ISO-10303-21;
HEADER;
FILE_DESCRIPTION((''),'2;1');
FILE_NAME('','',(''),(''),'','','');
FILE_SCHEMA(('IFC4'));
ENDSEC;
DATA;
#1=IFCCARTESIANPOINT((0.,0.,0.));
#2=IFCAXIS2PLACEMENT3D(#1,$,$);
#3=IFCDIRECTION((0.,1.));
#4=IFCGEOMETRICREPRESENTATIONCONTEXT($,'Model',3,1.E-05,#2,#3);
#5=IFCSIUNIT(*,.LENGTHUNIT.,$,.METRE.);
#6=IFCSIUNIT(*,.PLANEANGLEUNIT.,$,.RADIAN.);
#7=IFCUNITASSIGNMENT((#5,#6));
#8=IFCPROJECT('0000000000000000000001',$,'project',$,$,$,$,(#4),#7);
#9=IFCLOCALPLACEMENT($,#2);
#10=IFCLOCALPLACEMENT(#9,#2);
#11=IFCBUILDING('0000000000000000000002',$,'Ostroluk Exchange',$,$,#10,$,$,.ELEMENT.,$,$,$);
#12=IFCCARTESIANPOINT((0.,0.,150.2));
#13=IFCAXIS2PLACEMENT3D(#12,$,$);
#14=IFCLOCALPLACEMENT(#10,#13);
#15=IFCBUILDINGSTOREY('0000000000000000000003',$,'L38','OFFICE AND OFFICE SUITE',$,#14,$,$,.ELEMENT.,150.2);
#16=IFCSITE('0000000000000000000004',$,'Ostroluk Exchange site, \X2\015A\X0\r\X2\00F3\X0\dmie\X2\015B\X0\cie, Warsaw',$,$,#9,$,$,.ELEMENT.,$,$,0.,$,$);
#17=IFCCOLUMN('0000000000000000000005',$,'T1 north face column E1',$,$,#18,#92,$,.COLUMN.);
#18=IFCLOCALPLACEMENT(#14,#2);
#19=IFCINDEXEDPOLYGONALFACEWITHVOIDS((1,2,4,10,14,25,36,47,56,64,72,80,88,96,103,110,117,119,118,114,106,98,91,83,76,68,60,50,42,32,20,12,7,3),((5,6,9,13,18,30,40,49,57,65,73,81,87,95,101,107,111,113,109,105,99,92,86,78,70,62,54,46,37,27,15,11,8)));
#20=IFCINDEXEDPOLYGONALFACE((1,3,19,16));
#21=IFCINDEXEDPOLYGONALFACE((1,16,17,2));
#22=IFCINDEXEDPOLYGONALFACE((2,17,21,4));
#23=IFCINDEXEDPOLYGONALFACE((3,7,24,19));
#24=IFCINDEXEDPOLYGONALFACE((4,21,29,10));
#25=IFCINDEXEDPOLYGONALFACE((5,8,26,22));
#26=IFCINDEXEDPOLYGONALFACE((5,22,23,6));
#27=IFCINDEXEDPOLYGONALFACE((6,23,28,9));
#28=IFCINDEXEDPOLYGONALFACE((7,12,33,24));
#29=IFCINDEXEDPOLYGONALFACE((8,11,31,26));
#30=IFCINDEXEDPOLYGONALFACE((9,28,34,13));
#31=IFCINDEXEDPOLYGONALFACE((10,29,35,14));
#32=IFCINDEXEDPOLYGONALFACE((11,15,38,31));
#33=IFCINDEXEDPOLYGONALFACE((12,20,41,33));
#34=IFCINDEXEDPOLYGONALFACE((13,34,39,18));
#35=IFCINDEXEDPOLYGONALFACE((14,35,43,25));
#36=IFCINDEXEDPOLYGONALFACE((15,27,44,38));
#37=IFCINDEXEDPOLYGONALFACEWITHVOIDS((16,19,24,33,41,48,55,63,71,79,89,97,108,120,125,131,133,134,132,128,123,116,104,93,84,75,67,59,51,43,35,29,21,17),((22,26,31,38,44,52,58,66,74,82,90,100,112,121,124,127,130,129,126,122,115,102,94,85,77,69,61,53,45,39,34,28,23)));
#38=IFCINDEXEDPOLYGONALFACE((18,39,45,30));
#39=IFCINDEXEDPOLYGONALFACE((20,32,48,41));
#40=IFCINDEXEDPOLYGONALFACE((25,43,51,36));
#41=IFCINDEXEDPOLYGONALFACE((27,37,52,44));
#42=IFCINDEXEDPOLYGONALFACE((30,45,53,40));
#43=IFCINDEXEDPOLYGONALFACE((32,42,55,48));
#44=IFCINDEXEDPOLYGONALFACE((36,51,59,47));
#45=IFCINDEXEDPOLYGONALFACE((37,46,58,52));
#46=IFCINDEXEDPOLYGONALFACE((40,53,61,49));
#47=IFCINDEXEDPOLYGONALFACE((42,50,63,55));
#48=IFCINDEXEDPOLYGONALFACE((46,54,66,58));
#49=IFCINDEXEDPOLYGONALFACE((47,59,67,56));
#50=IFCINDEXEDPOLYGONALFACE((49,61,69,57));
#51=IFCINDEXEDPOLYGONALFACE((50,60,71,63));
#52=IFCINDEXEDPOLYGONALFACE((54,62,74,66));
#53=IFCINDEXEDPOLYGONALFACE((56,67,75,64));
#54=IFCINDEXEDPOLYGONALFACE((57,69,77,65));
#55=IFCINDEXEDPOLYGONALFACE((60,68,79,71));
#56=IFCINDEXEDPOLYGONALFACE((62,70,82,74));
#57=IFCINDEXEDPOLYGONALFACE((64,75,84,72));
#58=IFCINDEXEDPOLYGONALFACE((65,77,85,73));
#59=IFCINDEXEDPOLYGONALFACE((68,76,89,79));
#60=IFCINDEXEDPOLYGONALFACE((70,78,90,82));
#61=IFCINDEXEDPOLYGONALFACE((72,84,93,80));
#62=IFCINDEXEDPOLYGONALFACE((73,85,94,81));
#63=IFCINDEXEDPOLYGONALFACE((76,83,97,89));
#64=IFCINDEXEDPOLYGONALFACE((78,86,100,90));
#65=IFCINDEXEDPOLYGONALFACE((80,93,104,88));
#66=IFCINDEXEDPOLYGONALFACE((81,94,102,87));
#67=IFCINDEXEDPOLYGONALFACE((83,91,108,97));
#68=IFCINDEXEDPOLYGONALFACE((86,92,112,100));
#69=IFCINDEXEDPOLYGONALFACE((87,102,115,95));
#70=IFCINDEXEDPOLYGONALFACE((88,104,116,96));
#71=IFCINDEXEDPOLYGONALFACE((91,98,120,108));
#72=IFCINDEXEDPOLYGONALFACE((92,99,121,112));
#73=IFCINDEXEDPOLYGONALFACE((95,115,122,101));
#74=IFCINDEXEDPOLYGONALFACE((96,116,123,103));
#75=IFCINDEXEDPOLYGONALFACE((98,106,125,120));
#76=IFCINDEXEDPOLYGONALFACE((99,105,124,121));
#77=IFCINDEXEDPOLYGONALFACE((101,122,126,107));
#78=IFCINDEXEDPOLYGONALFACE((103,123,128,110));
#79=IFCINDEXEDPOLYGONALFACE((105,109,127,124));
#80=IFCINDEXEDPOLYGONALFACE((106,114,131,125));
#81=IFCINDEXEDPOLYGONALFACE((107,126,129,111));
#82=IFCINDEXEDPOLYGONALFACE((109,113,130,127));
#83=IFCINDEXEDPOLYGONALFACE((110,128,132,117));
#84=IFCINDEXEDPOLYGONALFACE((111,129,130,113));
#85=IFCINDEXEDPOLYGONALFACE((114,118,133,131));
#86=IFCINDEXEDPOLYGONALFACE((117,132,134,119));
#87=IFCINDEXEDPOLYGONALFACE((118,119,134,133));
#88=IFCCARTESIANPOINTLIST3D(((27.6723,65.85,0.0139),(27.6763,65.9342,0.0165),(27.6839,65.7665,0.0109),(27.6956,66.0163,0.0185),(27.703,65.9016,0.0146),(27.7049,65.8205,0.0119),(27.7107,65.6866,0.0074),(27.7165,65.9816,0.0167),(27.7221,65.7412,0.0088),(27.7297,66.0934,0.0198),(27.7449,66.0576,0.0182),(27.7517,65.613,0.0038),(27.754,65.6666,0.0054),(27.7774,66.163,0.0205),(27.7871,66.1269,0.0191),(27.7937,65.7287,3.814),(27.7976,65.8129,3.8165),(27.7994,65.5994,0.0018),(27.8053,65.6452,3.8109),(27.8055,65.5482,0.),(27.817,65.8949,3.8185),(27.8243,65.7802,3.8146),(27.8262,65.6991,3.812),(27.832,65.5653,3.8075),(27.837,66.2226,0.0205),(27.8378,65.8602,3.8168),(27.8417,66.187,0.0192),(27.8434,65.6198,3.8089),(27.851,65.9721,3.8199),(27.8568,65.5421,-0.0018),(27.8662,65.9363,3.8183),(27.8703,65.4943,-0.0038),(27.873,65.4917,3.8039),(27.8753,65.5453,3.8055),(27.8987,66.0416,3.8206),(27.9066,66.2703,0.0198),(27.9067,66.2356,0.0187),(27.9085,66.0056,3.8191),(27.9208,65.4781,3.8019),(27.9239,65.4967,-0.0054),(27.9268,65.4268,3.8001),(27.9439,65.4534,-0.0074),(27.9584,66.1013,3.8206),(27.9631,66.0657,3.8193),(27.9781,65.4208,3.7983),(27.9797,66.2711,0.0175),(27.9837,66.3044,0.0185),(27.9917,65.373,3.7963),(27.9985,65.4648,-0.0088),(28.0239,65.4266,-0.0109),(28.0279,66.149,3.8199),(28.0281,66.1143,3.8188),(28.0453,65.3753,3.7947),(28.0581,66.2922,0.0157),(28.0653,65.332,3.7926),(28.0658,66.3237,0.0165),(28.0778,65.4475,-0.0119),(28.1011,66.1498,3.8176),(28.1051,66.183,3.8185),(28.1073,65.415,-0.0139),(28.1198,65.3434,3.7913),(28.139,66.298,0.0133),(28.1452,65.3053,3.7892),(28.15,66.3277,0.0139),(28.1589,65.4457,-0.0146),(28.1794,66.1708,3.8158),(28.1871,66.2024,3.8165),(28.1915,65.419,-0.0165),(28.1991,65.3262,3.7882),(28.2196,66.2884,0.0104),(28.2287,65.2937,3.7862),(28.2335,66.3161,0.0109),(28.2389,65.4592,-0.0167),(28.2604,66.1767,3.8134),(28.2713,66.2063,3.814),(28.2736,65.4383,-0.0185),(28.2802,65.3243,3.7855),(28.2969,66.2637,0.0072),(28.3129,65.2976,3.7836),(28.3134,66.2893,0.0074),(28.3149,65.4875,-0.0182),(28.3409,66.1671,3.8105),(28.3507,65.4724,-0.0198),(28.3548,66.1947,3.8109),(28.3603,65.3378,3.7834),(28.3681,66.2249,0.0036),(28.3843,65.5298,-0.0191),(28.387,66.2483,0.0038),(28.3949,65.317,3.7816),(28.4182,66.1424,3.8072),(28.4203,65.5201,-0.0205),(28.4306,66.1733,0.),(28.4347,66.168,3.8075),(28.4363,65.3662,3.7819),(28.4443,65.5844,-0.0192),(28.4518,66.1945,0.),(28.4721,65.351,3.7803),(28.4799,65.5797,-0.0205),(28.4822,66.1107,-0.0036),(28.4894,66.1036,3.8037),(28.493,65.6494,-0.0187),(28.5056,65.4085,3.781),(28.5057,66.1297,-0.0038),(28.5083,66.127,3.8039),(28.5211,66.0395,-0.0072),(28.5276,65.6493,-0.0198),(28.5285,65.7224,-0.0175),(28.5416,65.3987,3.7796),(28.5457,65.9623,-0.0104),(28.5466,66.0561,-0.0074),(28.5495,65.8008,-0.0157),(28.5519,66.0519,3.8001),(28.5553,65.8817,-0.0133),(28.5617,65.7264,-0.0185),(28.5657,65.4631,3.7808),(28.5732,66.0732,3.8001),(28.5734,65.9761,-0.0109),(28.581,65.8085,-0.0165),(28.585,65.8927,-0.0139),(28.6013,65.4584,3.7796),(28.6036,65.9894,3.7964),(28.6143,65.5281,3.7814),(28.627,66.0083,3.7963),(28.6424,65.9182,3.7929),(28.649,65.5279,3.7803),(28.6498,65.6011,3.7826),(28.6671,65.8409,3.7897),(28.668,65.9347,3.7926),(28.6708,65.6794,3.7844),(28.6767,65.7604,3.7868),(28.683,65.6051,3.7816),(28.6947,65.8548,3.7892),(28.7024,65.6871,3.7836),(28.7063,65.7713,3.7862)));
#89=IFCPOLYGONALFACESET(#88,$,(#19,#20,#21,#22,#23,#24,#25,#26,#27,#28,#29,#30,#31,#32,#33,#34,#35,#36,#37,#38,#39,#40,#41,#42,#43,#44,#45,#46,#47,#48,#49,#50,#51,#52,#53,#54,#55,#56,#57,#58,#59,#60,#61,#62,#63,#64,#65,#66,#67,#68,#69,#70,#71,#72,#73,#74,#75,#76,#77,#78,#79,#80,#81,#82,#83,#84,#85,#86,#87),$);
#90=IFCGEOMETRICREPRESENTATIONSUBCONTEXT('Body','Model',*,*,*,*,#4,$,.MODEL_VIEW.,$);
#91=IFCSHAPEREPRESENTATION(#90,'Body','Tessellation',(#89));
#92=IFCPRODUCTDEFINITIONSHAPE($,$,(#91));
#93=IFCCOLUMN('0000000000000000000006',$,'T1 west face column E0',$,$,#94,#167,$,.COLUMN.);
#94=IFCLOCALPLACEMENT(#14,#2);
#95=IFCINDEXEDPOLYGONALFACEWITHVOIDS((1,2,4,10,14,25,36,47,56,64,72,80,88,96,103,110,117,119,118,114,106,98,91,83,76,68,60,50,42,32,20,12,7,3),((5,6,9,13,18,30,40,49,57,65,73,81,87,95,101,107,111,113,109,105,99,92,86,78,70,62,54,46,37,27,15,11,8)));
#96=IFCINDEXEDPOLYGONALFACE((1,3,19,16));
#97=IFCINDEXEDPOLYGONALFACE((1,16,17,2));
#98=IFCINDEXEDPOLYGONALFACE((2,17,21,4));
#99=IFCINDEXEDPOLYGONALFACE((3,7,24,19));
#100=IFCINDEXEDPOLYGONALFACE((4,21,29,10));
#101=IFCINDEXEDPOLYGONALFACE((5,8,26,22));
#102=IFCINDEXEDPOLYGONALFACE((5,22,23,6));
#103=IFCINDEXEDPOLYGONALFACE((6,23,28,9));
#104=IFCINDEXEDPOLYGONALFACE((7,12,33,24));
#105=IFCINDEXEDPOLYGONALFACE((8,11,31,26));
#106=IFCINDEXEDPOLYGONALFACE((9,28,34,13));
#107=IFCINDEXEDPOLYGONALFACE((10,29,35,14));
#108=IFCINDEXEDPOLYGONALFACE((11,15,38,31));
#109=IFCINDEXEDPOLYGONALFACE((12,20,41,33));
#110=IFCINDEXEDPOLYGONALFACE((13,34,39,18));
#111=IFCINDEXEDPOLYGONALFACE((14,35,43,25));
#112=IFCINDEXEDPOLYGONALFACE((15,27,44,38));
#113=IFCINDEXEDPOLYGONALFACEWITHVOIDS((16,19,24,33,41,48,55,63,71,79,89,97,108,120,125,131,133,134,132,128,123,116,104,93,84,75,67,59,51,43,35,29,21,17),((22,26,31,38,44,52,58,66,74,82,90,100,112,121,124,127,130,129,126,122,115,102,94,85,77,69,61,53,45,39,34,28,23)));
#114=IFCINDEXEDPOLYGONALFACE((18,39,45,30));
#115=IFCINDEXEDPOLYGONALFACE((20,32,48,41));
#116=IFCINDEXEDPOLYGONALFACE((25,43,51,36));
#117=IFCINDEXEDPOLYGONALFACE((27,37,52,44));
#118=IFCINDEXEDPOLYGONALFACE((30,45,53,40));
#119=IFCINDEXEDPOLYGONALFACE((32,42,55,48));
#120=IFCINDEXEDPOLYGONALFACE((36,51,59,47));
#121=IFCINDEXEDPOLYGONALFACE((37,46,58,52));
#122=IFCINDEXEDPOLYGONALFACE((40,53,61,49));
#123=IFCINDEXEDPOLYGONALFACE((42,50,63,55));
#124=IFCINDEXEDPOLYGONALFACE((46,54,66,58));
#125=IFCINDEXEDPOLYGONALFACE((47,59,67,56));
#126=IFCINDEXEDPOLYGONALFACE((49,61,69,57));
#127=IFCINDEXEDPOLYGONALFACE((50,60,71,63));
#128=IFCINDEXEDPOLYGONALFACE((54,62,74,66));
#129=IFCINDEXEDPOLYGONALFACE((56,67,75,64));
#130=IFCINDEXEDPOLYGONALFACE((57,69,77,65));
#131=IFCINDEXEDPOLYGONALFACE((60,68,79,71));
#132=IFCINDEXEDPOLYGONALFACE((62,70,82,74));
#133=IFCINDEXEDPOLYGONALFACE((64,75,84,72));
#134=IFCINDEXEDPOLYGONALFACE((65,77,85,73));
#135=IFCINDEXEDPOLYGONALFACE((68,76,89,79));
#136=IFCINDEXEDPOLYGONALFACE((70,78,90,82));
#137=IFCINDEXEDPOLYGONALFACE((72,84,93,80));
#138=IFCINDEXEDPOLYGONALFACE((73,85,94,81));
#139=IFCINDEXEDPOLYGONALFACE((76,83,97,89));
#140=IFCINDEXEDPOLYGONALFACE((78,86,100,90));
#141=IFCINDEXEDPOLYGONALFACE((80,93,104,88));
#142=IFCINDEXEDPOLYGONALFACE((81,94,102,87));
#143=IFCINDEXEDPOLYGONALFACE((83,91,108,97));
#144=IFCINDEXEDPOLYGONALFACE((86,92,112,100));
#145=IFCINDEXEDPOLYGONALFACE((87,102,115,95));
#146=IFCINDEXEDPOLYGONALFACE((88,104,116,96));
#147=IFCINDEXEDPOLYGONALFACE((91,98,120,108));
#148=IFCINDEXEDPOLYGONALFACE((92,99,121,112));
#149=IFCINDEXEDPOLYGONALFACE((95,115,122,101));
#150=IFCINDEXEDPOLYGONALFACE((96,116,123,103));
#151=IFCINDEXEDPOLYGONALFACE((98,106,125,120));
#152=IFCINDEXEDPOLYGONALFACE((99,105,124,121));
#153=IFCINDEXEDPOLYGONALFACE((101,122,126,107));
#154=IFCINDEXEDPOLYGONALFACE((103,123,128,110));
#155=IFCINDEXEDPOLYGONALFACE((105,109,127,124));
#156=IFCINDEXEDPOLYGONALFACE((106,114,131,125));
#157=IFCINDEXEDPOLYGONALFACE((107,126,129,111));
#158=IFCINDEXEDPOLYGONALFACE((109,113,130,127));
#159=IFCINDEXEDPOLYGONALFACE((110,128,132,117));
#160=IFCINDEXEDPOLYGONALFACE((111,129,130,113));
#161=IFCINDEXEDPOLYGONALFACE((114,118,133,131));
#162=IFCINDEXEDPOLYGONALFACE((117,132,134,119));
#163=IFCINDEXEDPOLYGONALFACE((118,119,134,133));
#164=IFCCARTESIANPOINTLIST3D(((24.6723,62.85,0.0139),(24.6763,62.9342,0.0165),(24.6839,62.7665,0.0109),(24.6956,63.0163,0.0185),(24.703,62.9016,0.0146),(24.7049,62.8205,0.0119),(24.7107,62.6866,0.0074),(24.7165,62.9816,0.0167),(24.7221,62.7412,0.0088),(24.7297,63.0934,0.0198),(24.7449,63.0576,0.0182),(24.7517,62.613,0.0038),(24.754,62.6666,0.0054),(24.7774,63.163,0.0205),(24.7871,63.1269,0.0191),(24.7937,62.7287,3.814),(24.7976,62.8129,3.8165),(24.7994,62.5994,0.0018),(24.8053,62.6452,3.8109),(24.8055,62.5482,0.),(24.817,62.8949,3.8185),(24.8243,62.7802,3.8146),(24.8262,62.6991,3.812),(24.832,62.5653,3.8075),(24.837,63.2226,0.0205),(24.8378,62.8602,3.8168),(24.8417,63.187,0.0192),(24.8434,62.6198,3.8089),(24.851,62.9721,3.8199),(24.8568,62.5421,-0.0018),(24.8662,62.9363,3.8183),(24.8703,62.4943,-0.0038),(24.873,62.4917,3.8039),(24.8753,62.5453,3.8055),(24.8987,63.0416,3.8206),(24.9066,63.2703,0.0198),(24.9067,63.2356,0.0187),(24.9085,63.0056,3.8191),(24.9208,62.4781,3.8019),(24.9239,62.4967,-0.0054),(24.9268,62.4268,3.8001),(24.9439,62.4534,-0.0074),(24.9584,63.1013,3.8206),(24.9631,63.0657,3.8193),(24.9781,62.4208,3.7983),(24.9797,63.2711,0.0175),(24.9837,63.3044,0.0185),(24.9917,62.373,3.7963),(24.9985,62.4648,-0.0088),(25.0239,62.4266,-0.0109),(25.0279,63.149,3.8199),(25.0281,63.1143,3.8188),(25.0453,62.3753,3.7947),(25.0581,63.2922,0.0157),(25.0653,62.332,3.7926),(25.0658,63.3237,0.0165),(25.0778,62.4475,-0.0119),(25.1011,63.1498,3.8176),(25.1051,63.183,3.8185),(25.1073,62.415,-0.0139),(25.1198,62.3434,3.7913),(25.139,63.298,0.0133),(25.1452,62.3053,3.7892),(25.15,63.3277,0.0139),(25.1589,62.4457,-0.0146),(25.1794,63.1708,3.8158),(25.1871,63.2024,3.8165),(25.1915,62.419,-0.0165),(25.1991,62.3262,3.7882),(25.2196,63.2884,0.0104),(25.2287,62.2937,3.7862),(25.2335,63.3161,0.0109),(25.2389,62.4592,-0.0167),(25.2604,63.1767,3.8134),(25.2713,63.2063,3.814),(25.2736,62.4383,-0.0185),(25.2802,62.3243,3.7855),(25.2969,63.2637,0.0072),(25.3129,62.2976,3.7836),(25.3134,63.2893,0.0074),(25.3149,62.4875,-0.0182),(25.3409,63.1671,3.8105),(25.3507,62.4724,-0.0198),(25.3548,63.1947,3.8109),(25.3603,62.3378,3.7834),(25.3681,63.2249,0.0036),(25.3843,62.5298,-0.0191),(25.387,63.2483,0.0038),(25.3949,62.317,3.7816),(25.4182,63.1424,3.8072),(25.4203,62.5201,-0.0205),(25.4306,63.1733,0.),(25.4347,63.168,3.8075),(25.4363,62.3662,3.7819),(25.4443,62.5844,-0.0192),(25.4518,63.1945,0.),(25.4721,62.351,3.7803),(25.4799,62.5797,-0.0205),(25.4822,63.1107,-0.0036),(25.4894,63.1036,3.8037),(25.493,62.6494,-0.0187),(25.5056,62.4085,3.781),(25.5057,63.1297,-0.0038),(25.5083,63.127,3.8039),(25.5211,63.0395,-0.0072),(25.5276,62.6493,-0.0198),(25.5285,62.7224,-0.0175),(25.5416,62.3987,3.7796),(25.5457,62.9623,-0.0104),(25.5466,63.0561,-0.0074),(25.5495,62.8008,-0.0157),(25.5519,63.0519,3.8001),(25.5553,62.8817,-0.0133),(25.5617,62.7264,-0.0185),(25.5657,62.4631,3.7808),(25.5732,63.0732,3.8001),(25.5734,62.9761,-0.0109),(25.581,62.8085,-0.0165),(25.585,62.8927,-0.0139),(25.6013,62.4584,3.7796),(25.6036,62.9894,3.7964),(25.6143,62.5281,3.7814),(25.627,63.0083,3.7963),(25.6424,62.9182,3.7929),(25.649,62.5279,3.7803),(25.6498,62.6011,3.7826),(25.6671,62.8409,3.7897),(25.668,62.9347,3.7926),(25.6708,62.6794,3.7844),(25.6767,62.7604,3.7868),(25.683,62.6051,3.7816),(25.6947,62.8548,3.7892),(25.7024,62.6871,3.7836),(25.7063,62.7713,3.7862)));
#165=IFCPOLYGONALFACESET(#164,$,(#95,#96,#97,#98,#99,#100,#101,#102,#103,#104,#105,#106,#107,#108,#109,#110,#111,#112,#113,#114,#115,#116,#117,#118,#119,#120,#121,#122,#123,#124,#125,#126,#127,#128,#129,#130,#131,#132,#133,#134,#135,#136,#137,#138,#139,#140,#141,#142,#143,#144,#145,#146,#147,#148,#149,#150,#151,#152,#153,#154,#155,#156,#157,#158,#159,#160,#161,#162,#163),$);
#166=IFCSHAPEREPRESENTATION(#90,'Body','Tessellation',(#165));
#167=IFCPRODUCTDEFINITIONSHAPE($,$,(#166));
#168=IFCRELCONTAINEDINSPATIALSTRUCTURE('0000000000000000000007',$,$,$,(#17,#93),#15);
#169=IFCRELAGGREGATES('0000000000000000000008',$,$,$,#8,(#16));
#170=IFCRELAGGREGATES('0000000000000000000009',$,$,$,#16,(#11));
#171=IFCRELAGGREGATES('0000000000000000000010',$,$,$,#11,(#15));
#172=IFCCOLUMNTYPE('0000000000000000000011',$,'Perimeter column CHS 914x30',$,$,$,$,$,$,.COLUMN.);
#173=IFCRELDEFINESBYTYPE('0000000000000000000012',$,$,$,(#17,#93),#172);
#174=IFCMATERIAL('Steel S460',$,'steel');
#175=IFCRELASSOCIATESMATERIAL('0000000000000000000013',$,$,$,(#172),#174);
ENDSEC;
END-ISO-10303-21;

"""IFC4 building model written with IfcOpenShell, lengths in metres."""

from ifc_helpers import new_model, si_unit, direction, frame, origin, origin_2d, place, context, subcontext, project, spatial, hollow_circle, extrude, material, material_profile, profile_set, type_object, element, save


model = new_model("IFC4")

# Units and contexts
model_context = context("Model", 3, precision=1e-05, world=origin(), true_north=direction((0.0, 1.0)))
body_context = subcontext(model_context, "Body", "Model", "MODEL_VIEW")
ifc_project = project(units=[si_unit("LENGTHUNIT", "METRE"), si_unit("PLANEANGLEUNIT", "RADIAN")], contexts=[model_context])

# Site, building, storey
site_placement = place(None, origin())
site = spatial("IfcSite", under=ifc_project, at=site_placement, Name="Ostroluk Exchange site, Śródmieście, Warsaw", CompositionType="ELEMENT", RefElevation=0.0)
building_placement = place(site_placement, origin())
building = spatial("IfcBuilding", under=site, at=building_placement, Name="Ostroluk Exchange", CompositionType="ELEMENT")
storey_placement = place(building_placement, frame((0.0, 0.0, 150.2)))
storey = spatial("IfcBuildingStorey", under=building, at=storey_placement, Name="L38", Description="OFFICE AND OFFICE SUITE", CompositionType="ELEMENT", Elevation=150.2)

# Columns
ifc_material_1 = material(Name="Steel S460", Category="steel")
ifc_material_profile_1 = material_profile(ifc_material_1, hollow_circle(Radius=0.457, WallThickness=0.03, at=origin_2d()), Name="CHS 914x30")
ifc_profile_set_1 = profile_set([ifc_material_profile_1], Name="Steel S460")
column_type = type_object("IfcColumnType", Name="Perimeter column CHS 914x30", PredefinedType="COLUMN", material=ifc_profile_set_1)
for number, where, z_axis, x_axis, name in (
    (1, (28.1287, 65.8713, 0.0), (0.031898, -0.031898, 0.998982), (0.707107, 0.707107, 0.0), "T1 north face column E1"),
    (2, (25.1287, 62.8713, 0.0), (0.031898, -0.031898, 0.998982), (0.707107, 0.707107, 0.0), "T1 west face column E0"),
):
    element("IfcColumn", number, at=place(storey_placement, frame(where, z_axis=z_axis, x_axis=x_axis)), inside=storey, type_object=column_type, Name=name, PredefinedType="COLUMN", context=body_context, shape_type="SweptSolid", body=[
        extrude(hollow_circle(Radius=0.457, WallThickness=0.03, at=origin_2d()), origin(), (0.0, 0.0, 1.0), 3.804),
    ])

save(model, "model.ifc")
